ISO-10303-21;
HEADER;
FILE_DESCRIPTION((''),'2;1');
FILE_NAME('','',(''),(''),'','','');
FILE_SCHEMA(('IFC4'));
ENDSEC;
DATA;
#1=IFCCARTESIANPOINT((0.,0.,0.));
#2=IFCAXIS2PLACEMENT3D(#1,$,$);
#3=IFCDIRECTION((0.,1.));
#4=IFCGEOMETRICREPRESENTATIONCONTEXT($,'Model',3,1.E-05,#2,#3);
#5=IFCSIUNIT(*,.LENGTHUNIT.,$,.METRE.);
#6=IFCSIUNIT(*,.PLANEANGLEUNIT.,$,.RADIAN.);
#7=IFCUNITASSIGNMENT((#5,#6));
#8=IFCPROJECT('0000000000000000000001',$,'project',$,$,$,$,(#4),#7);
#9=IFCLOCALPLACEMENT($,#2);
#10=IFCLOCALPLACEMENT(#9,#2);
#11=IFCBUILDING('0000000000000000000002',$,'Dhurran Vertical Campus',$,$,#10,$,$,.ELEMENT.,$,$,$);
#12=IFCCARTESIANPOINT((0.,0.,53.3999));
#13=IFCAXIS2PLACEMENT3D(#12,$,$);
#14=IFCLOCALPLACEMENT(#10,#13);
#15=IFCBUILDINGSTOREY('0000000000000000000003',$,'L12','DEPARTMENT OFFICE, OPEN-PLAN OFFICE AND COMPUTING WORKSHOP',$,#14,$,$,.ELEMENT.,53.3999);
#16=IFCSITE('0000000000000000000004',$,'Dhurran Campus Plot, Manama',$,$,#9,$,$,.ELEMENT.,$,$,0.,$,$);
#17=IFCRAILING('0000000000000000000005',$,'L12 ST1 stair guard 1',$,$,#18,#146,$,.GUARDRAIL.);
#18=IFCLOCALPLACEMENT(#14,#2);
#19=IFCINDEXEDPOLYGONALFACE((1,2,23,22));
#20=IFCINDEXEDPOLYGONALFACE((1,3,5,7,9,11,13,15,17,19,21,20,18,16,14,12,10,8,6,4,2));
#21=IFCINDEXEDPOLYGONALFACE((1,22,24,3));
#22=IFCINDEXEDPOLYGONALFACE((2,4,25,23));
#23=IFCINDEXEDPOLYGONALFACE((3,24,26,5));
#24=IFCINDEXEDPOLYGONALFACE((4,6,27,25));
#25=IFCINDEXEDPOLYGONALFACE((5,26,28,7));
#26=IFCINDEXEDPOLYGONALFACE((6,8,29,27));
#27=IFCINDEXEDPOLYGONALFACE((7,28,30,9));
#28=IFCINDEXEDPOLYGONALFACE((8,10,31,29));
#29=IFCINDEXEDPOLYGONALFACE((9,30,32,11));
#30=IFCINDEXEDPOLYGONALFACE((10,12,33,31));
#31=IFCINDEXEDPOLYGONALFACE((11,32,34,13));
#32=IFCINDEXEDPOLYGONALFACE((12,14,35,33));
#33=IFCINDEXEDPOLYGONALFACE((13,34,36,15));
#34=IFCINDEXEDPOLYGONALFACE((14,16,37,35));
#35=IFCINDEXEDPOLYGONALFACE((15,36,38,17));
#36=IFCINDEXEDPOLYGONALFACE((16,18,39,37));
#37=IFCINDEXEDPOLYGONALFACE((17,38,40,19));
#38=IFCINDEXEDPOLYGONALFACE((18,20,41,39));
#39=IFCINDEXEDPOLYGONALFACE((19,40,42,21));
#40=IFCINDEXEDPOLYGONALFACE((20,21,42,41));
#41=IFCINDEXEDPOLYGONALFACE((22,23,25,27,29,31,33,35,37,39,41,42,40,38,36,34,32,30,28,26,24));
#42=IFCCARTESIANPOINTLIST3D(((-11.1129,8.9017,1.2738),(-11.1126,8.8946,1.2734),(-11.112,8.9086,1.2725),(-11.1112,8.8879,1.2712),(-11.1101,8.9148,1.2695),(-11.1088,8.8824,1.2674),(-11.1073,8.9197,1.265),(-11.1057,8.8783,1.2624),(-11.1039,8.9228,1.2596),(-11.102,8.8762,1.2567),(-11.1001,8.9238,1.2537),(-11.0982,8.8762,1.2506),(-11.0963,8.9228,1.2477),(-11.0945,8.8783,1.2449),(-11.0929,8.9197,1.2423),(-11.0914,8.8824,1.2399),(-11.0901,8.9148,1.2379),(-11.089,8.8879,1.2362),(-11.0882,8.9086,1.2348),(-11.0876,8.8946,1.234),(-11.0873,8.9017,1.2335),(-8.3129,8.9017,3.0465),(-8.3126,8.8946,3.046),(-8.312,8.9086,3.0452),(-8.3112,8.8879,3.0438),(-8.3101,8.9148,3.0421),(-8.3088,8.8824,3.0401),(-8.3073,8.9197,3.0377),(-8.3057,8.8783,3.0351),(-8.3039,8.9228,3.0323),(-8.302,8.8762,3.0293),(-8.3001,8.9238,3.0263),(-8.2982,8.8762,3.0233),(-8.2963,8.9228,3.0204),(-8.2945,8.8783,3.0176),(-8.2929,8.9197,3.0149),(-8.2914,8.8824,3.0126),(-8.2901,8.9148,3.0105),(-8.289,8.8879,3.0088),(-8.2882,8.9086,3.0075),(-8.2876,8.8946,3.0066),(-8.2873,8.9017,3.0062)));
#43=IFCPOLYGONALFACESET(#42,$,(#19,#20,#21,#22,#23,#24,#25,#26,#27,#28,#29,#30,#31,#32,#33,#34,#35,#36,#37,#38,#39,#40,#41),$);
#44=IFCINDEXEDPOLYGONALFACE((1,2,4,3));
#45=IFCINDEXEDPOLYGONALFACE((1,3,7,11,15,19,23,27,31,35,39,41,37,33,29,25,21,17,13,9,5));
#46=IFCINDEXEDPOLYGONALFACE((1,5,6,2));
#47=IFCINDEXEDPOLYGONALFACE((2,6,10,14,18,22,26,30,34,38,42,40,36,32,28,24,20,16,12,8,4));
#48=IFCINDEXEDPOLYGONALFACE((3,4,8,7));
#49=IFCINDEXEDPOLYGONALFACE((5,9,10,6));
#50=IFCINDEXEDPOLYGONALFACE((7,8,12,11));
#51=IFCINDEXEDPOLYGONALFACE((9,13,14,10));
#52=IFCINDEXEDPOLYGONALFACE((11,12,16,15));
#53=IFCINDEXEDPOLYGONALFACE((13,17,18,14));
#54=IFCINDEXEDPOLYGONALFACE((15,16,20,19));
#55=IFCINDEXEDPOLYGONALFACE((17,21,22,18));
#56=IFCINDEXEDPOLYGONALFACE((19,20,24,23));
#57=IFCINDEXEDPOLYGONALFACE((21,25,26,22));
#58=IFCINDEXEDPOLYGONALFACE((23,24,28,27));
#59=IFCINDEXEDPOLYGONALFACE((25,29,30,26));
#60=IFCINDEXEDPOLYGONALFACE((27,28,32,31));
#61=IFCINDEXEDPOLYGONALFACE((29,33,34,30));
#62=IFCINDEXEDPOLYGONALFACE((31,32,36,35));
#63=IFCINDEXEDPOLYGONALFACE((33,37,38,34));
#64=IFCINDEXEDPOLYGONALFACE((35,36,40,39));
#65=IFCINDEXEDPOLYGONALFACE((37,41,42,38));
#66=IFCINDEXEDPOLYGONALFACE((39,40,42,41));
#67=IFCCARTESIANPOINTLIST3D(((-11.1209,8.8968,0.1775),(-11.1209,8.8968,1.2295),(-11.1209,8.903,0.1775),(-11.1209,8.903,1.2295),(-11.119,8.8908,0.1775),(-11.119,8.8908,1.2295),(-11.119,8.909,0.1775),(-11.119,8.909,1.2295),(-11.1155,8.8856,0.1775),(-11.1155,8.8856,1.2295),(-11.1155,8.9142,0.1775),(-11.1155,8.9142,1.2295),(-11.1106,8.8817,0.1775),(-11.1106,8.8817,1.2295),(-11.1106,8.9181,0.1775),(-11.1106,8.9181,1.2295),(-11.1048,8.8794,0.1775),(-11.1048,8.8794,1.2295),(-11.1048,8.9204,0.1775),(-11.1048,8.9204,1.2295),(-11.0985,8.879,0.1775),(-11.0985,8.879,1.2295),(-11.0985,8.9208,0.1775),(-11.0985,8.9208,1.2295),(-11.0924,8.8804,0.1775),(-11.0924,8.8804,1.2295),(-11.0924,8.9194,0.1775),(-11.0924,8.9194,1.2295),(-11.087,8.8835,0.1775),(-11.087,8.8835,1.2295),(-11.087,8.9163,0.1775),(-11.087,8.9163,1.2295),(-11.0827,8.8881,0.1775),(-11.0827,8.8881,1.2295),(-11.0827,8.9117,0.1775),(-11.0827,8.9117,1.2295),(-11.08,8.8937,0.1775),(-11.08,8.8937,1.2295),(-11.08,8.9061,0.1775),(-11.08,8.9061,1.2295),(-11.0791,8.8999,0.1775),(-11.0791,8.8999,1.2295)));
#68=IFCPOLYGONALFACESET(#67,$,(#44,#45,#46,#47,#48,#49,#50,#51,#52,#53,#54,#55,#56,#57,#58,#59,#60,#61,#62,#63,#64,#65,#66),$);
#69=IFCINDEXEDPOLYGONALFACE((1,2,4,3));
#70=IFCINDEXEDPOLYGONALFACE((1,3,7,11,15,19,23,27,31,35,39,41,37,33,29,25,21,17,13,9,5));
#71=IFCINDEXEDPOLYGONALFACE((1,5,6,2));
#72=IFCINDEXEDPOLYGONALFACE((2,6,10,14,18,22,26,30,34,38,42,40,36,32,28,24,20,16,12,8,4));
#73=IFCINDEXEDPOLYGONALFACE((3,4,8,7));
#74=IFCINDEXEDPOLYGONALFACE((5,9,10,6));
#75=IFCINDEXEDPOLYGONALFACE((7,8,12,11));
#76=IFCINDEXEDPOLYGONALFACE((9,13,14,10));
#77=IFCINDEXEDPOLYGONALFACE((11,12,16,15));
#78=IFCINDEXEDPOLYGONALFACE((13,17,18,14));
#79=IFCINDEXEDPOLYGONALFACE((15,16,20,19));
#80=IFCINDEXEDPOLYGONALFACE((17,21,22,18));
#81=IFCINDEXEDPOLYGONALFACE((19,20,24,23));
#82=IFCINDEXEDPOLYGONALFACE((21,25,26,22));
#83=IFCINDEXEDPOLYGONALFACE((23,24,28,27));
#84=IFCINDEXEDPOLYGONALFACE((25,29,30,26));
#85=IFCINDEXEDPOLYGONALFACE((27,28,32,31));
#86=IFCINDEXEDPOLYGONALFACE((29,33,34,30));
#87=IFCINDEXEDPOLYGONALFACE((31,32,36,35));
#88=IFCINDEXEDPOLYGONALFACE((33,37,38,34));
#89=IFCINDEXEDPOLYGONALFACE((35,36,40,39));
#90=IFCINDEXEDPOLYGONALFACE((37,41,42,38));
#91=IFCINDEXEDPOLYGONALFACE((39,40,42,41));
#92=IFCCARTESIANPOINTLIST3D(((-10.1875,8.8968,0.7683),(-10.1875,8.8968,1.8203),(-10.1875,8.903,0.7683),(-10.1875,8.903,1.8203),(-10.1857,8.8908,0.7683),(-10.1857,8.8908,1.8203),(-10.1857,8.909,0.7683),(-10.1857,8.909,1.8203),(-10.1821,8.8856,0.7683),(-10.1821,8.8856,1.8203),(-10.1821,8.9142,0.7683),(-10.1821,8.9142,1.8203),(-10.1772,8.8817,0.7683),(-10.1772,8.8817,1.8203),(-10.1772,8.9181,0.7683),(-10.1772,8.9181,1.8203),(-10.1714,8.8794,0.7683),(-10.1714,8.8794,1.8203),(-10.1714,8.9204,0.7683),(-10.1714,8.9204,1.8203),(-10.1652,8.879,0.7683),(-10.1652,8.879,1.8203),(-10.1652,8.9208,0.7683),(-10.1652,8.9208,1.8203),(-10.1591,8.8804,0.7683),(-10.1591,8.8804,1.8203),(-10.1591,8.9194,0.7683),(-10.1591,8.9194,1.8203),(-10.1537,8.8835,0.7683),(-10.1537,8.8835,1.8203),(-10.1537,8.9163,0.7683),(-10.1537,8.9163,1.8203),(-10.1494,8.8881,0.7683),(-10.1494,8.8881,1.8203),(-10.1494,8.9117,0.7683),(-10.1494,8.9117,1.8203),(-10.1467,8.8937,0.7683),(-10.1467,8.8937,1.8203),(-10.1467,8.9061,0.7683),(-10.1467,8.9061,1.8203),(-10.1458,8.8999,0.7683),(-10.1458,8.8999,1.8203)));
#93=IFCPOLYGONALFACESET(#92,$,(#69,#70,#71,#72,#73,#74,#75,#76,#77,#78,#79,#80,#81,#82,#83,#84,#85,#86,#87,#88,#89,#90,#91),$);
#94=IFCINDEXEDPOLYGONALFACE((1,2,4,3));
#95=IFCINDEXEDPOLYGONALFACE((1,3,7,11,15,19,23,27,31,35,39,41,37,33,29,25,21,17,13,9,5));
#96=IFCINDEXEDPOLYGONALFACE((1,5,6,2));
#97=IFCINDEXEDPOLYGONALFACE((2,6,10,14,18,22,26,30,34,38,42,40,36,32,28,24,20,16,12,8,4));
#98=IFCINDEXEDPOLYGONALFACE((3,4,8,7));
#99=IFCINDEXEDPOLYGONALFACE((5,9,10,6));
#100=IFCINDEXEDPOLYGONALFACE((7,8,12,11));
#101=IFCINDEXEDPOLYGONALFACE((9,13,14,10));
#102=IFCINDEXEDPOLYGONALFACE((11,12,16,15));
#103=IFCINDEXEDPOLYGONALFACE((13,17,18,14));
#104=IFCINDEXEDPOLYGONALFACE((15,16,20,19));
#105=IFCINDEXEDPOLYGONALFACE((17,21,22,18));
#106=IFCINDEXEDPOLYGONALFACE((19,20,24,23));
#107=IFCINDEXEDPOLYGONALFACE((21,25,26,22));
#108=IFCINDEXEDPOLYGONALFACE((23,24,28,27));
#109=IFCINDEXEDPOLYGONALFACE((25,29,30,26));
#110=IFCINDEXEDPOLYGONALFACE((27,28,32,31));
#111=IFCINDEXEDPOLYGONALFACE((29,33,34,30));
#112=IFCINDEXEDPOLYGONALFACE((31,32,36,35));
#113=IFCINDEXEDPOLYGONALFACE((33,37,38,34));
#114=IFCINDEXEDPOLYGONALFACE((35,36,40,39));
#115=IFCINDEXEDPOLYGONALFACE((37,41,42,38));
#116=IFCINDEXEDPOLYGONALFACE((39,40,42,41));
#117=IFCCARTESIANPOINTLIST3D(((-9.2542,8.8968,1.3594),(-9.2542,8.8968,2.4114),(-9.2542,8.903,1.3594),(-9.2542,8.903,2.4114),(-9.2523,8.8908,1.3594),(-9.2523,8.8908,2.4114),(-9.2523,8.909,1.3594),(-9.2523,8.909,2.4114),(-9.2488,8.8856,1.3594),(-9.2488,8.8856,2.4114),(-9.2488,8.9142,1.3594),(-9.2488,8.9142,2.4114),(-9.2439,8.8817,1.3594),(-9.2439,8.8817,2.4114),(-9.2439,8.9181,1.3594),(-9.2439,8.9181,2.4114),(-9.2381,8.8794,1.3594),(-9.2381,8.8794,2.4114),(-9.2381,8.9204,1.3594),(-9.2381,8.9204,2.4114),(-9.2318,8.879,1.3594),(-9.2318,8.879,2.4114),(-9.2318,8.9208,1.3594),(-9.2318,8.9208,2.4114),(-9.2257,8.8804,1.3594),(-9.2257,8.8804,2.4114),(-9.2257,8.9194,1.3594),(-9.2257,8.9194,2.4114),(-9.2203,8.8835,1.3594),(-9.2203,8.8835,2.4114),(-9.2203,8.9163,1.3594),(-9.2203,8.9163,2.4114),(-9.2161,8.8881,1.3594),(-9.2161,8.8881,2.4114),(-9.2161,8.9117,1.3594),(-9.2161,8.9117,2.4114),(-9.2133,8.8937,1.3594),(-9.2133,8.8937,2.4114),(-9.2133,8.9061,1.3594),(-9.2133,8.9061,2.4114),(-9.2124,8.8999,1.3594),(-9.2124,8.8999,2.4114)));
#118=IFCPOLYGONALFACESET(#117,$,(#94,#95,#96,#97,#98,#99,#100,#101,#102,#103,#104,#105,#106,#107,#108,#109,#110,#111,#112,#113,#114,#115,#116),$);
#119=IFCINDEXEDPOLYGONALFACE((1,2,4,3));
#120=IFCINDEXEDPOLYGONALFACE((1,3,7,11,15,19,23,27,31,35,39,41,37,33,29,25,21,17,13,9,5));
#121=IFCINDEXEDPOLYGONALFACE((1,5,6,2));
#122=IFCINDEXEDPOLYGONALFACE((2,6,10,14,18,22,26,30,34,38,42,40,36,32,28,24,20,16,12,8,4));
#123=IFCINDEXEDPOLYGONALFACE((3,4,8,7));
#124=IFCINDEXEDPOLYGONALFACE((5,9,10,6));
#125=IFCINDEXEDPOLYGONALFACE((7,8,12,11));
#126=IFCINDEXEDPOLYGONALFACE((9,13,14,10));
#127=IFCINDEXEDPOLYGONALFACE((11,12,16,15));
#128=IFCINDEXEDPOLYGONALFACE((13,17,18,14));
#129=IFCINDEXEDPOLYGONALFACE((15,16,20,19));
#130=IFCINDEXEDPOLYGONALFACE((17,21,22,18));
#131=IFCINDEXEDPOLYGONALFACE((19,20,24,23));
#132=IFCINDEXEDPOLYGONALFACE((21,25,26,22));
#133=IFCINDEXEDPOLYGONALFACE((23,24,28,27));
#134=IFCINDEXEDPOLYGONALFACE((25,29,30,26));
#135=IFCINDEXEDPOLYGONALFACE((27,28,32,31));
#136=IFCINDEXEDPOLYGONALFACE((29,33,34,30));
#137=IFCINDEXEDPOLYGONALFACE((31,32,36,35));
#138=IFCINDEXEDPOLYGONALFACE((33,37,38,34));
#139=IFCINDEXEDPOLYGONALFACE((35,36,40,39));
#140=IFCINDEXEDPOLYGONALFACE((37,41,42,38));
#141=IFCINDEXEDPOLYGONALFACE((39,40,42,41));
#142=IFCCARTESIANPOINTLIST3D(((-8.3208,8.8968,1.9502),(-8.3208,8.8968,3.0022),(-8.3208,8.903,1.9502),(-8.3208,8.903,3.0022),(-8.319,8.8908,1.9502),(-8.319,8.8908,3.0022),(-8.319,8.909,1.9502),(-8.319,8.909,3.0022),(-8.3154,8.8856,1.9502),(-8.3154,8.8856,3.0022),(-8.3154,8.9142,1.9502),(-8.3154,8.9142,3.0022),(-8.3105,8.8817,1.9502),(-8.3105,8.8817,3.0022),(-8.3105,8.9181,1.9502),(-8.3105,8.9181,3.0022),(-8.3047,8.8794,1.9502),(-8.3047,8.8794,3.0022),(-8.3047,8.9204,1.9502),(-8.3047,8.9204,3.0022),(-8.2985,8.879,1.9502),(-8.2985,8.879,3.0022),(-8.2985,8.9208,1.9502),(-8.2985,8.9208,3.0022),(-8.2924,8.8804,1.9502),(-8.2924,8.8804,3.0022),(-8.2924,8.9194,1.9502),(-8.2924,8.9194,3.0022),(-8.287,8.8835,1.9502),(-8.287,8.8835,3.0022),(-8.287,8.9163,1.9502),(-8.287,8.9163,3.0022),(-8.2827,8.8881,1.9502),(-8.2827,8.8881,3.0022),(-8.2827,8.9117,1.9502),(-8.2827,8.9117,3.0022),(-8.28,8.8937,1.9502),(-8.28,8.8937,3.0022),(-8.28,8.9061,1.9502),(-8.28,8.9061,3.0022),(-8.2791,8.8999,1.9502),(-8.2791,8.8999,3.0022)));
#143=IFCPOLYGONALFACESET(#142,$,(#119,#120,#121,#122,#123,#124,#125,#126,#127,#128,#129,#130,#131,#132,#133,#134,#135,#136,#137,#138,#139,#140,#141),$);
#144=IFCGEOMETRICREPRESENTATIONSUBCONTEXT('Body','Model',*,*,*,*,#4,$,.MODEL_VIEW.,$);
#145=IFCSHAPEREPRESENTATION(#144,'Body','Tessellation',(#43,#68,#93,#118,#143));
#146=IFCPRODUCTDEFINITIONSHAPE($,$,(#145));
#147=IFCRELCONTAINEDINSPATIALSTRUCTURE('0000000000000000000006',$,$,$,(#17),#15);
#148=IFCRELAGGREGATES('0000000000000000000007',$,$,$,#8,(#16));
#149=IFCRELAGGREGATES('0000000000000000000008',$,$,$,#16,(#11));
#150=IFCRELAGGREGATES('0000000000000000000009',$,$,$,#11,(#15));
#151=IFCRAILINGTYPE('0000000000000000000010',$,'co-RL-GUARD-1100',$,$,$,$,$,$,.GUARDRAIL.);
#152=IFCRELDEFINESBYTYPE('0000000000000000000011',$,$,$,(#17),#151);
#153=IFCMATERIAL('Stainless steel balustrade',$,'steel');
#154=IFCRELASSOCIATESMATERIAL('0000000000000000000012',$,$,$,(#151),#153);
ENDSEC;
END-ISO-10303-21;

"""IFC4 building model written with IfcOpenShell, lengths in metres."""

from ifc_helpers import new_model, si_unit, direction, frame, origin, origin_2d, place, context, subcontext, project, spatial, circle, extrude, material, type_object, element, save


model = new_model("IFC4")

# Units and contexts
model_context = context("Model", 3, precision=1e-05, world=origin(), true_north=direction((0.0, 1.0)))
body_context = subcontext(model_context, "Body", "Model", "MODEL_VIEW")
ifc_project = project(units=[si_unit("LENGTHUNIT", "METRE"), si_unit("PLANEANGLEUNIT", "RADIAN")], contexts=[model_context])

# Site, building, storey
site_placement = place(None, origin())
site = spatial("IfcSite", under=ifc_project, at=site_placement, Name="Dhurran Campus Plot, Manama", CompositionType="ELEMENT", RefElevation=0.0)
building_placement = place(site_placement, origin())
building = spatial("IfcBuilding", under=site, at=building_placement, Name="Dhurran Vertical Campus", CompositionType="ELEMENT")
storey_placement = place(building_placement, frame((0.0, 0.0, 53.3999)))
storey = spatial("IfcBuildingStorey", under=building, at=storey_placement, Name="L12", Description="DEPARTMENT OFFICE, OPEN-PLAN OFFICE AND COMPUTING WORKSHOP", CompositionType="ELEMENT", Elevation=53.3999)

# Railing
ifc_material_1 = material(Name="Stainless steel balustrade", Category="steel")
railing_type_1 = type_object("IfcRailingType", Name="co-RL-GUARD-1100", PredefinedType="GUARDRAIL", material=ifc_material_1)
railing_1_placement = place(storey_placement, frame((-11.1001, 8.8999, 0.1775)))
element("IfcRailing", 1, at=railing_1_placement, inside=storey, type_object=railing_type_1, Name="L12 ST1 stair guard 1", PredefinedType="GUARDRAIL", context=body_context, shape_type="SweptSolid", body=[
    extrude(circle(Radius=0.0239, at=origin_2d()), frame((0.0, 0.0, 1.0762), z_axis=(0.844909, 0.0, 0.53491), x_axis=(0.0, 1.0, 0.0)), (0.0, 0.0, 1.0), 3.314),
    extrude(circle(Radius=0.021, at=origin_2d()), origin(), (0.0, 0.0, 1.0), 1.052),
    extrude(circle(Radius=0.021, at=origin_2d()), frame((0.9333, 0.0, 0.5908)), (0.0, 0.0, 1.0), 1.052),
    extrude(circle(Radius=0.021, at=origin_2d()), frame((1.8667, 0.0, 1.1819)), (0.0, 0.0, 1.0), 1.052),
    extrude(circle(Radius=0.021, at=origin_2d()), frame((2.8, 0.0, 1.7727)), (0.0, 0.0, 1.0), 1.052),
])

save(model, "model.ifc")
